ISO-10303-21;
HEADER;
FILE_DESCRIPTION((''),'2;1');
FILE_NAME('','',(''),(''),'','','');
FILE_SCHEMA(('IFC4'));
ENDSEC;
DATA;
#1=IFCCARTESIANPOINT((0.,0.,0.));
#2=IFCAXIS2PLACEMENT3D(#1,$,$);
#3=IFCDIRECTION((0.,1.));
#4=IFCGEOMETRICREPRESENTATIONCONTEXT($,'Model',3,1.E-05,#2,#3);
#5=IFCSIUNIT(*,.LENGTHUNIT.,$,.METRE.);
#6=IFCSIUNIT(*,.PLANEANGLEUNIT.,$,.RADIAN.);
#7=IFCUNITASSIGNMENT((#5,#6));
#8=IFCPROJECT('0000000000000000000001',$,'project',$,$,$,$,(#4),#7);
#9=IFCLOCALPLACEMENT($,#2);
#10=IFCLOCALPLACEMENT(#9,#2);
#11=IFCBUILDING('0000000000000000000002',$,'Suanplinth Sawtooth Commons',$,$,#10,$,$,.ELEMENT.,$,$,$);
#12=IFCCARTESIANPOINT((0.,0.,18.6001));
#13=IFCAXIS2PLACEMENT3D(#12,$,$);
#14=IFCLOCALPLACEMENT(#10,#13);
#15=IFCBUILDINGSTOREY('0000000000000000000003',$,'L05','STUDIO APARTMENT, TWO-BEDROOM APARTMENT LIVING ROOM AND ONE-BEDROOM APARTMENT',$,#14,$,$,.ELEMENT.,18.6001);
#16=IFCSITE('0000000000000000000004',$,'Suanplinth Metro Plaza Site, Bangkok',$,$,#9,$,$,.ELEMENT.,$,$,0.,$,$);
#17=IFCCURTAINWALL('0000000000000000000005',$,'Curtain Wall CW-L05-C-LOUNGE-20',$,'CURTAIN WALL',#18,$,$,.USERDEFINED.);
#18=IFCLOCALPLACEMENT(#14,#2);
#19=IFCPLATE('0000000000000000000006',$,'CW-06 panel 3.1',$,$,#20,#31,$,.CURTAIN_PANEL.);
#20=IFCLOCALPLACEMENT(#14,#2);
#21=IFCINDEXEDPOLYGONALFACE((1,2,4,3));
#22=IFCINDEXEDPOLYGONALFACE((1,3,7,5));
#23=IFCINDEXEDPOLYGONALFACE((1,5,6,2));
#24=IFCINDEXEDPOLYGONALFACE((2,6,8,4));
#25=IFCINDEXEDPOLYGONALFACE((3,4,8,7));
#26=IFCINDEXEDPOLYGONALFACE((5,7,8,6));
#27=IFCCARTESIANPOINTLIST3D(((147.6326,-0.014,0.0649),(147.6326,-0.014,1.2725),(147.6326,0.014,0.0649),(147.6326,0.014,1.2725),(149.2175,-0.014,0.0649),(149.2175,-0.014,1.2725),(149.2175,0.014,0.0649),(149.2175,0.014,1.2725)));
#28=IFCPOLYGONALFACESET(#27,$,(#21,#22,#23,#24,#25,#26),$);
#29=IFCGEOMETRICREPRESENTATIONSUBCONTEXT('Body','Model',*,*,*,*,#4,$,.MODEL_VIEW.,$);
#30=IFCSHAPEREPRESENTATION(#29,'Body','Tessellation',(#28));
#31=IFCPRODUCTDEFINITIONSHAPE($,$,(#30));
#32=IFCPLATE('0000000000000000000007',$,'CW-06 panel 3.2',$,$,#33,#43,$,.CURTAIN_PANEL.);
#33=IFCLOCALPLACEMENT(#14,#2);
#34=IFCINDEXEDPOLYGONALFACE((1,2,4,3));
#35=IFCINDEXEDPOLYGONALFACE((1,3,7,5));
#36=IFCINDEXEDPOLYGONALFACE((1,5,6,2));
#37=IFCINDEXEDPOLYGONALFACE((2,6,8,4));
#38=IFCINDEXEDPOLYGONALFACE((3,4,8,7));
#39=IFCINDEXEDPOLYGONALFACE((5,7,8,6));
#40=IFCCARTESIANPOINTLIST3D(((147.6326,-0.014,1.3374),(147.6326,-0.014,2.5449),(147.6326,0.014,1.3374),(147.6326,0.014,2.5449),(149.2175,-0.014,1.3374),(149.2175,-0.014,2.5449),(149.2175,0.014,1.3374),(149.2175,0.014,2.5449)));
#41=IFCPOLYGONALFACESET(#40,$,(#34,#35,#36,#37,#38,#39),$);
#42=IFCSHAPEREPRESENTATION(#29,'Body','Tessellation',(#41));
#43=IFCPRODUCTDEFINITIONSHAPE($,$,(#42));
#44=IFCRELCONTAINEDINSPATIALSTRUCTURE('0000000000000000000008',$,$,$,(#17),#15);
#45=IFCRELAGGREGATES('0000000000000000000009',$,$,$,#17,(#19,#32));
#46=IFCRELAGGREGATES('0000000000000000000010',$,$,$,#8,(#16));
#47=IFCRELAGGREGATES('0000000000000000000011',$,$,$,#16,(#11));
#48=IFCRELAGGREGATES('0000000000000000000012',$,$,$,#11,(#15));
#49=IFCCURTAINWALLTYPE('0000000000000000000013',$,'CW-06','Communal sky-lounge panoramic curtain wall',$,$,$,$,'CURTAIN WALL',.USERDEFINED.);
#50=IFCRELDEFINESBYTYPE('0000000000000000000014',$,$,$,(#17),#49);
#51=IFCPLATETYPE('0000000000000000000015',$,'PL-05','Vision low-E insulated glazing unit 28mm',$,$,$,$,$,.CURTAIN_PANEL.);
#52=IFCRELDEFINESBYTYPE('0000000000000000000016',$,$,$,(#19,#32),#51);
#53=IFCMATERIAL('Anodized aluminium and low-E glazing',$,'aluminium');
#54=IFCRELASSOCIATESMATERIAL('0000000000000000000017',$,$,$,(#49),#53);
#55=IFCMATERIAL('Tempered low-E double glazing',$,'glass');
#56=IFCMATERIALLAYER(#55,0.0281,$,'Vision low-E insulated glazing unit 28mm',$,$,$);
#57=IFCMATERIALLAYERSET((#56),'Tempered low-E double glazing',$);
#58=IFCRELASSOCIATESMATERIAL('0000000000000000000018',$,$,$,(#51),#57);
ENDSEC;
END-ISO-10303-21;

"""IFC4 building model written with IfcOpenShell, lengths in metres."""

from ifc_helpers import new_model, si_unit, direction, frame, origin, origin_2d, place, context, subcontext, project, spatial, rectangle, extrude, material, layer, layer_set, type_object, element, aggregate, save


model = new_model("IFC4")

# Units and contexts
model_context = context("Model", 3, precision=1e-05, world=origin(), true_north=direction((0.0, 1.0)))
body_context = subcontext(model_context, "Body", "Model", "MODEL_VIEW")
ifc_project = project(units=[si_unit("LENGTHUNIT", "METRE"), si_unit("PLANEANGLEUNIT", "RADIAN")], contexts=[model_context])

# Site, building, storey
site_placement = place(None, origin())
site = spatial("IfcSite", under=ifc_project, at=site_placement, Name="Suanplinth Metro Plaza Site, Bangkok", CompositionType="ELEMENT", RefElevation=0.0)
building_placement = place(site_placement, origin())
building = spatial("IfcBuilding", under=site, at=building_placement, Name="Suanplinth Sawtooth Commons", CompositionType="ELEMENT")
storey_placement = place(building_placement, frame((0.0, 0.0, 18.6001)))
storey = spatial("IfcBuildingStorey", under=building, at=storey_placement, Name="L05", Description="STUDIO APARTMENT, TWO-BEDROOM APARTMENT LIVING ROOM AND ONE-BEDROOM APARTMENT", CompositionType="ELEMENT", Elevation=18.6001)

# Curtain wall, plates
ifc_material_1 = material(Name="Anodized aluminium and low-E glazing", Category="aluminium")
curtain_wall_type = type_object("IfcCurtainWallType", Name="CW-06", Description="Communal sky-lounge panoramic curtain wall", ElementType="CURTAIN WALL", PredefinedType="USERDEFINED", material=ifc_material_1)
curtain_wall_placement = place(storey_placement, origin())
curtain_wall = element("IfcCurtainWall", 1, at=curtain_wall_placement, inside=storey, type_object=curtain_wall_type, Name="Curtain Wall CW-L05-C-LOUNGE-20", ObjectType="CURTAIN WALL", PredefinedType="USERDEFINED")
ifc_material_2 = material(Name="Tempered low-E double glazing", Category="glass")
ifc_layer = layer(ifc_material_2, 0.0281, Name="Vision low-E insulated glazing unit 28mm")
ifc_layer_set = layer_set([ifc_layer], Name="Tempered low-E double glazing")
plate_type = type_object("IfcPlateType", Name="PL-05", Description="Vision low-E insulated glazing unit 28mm", PredefinedType="CURTAIN_PANEL", material=ifc_layer_set)
plate_1_placement = place(storey_placement, frame((148.425, 0.0, 0.0649), z_axis=(0.0, 0.0, 1.0), x_axis=(1.0, 0.0, 0.0)))
plate_1 = element("IfcPlate", 2, at=plate_1_placement, type_object=plate_type, Name="CW-06 panel 3.1", PredefinedType="CURTAIN_PANEL", context=body_context, shape_type="SweptSolid", body=[
    extrude(rectangle(XDim=1.585, YDim=0.0281, at=origin_2d()), origin(), (0.0, 0.0, 1.0), 1.2075),
])
plate_2_placement = place(storey_placement, frame((148.425, 0.0, 1.3374), z_axis=(0.0, 0.0, 1.0), x_axis=(1.0, 0.0, 0.0)))
plate_2 = element("IfcPlate", 3, at=plate_2_placement, type_object=plate_type, Name="CW-06 panel 3.2", PredefinedType="CURTAIN_PANEL", context=body_context, shape_type="SweptSolid", body=[
    extrude(rectangle(XDim=1.585, YDim=0.0281, at=origin_2d()), origin(), (0.0, 0.0, 1.0), 1.2075),
])
aggregate(curtain_wall, [plate_1, plate_2])

save(model, "model.ifc")
